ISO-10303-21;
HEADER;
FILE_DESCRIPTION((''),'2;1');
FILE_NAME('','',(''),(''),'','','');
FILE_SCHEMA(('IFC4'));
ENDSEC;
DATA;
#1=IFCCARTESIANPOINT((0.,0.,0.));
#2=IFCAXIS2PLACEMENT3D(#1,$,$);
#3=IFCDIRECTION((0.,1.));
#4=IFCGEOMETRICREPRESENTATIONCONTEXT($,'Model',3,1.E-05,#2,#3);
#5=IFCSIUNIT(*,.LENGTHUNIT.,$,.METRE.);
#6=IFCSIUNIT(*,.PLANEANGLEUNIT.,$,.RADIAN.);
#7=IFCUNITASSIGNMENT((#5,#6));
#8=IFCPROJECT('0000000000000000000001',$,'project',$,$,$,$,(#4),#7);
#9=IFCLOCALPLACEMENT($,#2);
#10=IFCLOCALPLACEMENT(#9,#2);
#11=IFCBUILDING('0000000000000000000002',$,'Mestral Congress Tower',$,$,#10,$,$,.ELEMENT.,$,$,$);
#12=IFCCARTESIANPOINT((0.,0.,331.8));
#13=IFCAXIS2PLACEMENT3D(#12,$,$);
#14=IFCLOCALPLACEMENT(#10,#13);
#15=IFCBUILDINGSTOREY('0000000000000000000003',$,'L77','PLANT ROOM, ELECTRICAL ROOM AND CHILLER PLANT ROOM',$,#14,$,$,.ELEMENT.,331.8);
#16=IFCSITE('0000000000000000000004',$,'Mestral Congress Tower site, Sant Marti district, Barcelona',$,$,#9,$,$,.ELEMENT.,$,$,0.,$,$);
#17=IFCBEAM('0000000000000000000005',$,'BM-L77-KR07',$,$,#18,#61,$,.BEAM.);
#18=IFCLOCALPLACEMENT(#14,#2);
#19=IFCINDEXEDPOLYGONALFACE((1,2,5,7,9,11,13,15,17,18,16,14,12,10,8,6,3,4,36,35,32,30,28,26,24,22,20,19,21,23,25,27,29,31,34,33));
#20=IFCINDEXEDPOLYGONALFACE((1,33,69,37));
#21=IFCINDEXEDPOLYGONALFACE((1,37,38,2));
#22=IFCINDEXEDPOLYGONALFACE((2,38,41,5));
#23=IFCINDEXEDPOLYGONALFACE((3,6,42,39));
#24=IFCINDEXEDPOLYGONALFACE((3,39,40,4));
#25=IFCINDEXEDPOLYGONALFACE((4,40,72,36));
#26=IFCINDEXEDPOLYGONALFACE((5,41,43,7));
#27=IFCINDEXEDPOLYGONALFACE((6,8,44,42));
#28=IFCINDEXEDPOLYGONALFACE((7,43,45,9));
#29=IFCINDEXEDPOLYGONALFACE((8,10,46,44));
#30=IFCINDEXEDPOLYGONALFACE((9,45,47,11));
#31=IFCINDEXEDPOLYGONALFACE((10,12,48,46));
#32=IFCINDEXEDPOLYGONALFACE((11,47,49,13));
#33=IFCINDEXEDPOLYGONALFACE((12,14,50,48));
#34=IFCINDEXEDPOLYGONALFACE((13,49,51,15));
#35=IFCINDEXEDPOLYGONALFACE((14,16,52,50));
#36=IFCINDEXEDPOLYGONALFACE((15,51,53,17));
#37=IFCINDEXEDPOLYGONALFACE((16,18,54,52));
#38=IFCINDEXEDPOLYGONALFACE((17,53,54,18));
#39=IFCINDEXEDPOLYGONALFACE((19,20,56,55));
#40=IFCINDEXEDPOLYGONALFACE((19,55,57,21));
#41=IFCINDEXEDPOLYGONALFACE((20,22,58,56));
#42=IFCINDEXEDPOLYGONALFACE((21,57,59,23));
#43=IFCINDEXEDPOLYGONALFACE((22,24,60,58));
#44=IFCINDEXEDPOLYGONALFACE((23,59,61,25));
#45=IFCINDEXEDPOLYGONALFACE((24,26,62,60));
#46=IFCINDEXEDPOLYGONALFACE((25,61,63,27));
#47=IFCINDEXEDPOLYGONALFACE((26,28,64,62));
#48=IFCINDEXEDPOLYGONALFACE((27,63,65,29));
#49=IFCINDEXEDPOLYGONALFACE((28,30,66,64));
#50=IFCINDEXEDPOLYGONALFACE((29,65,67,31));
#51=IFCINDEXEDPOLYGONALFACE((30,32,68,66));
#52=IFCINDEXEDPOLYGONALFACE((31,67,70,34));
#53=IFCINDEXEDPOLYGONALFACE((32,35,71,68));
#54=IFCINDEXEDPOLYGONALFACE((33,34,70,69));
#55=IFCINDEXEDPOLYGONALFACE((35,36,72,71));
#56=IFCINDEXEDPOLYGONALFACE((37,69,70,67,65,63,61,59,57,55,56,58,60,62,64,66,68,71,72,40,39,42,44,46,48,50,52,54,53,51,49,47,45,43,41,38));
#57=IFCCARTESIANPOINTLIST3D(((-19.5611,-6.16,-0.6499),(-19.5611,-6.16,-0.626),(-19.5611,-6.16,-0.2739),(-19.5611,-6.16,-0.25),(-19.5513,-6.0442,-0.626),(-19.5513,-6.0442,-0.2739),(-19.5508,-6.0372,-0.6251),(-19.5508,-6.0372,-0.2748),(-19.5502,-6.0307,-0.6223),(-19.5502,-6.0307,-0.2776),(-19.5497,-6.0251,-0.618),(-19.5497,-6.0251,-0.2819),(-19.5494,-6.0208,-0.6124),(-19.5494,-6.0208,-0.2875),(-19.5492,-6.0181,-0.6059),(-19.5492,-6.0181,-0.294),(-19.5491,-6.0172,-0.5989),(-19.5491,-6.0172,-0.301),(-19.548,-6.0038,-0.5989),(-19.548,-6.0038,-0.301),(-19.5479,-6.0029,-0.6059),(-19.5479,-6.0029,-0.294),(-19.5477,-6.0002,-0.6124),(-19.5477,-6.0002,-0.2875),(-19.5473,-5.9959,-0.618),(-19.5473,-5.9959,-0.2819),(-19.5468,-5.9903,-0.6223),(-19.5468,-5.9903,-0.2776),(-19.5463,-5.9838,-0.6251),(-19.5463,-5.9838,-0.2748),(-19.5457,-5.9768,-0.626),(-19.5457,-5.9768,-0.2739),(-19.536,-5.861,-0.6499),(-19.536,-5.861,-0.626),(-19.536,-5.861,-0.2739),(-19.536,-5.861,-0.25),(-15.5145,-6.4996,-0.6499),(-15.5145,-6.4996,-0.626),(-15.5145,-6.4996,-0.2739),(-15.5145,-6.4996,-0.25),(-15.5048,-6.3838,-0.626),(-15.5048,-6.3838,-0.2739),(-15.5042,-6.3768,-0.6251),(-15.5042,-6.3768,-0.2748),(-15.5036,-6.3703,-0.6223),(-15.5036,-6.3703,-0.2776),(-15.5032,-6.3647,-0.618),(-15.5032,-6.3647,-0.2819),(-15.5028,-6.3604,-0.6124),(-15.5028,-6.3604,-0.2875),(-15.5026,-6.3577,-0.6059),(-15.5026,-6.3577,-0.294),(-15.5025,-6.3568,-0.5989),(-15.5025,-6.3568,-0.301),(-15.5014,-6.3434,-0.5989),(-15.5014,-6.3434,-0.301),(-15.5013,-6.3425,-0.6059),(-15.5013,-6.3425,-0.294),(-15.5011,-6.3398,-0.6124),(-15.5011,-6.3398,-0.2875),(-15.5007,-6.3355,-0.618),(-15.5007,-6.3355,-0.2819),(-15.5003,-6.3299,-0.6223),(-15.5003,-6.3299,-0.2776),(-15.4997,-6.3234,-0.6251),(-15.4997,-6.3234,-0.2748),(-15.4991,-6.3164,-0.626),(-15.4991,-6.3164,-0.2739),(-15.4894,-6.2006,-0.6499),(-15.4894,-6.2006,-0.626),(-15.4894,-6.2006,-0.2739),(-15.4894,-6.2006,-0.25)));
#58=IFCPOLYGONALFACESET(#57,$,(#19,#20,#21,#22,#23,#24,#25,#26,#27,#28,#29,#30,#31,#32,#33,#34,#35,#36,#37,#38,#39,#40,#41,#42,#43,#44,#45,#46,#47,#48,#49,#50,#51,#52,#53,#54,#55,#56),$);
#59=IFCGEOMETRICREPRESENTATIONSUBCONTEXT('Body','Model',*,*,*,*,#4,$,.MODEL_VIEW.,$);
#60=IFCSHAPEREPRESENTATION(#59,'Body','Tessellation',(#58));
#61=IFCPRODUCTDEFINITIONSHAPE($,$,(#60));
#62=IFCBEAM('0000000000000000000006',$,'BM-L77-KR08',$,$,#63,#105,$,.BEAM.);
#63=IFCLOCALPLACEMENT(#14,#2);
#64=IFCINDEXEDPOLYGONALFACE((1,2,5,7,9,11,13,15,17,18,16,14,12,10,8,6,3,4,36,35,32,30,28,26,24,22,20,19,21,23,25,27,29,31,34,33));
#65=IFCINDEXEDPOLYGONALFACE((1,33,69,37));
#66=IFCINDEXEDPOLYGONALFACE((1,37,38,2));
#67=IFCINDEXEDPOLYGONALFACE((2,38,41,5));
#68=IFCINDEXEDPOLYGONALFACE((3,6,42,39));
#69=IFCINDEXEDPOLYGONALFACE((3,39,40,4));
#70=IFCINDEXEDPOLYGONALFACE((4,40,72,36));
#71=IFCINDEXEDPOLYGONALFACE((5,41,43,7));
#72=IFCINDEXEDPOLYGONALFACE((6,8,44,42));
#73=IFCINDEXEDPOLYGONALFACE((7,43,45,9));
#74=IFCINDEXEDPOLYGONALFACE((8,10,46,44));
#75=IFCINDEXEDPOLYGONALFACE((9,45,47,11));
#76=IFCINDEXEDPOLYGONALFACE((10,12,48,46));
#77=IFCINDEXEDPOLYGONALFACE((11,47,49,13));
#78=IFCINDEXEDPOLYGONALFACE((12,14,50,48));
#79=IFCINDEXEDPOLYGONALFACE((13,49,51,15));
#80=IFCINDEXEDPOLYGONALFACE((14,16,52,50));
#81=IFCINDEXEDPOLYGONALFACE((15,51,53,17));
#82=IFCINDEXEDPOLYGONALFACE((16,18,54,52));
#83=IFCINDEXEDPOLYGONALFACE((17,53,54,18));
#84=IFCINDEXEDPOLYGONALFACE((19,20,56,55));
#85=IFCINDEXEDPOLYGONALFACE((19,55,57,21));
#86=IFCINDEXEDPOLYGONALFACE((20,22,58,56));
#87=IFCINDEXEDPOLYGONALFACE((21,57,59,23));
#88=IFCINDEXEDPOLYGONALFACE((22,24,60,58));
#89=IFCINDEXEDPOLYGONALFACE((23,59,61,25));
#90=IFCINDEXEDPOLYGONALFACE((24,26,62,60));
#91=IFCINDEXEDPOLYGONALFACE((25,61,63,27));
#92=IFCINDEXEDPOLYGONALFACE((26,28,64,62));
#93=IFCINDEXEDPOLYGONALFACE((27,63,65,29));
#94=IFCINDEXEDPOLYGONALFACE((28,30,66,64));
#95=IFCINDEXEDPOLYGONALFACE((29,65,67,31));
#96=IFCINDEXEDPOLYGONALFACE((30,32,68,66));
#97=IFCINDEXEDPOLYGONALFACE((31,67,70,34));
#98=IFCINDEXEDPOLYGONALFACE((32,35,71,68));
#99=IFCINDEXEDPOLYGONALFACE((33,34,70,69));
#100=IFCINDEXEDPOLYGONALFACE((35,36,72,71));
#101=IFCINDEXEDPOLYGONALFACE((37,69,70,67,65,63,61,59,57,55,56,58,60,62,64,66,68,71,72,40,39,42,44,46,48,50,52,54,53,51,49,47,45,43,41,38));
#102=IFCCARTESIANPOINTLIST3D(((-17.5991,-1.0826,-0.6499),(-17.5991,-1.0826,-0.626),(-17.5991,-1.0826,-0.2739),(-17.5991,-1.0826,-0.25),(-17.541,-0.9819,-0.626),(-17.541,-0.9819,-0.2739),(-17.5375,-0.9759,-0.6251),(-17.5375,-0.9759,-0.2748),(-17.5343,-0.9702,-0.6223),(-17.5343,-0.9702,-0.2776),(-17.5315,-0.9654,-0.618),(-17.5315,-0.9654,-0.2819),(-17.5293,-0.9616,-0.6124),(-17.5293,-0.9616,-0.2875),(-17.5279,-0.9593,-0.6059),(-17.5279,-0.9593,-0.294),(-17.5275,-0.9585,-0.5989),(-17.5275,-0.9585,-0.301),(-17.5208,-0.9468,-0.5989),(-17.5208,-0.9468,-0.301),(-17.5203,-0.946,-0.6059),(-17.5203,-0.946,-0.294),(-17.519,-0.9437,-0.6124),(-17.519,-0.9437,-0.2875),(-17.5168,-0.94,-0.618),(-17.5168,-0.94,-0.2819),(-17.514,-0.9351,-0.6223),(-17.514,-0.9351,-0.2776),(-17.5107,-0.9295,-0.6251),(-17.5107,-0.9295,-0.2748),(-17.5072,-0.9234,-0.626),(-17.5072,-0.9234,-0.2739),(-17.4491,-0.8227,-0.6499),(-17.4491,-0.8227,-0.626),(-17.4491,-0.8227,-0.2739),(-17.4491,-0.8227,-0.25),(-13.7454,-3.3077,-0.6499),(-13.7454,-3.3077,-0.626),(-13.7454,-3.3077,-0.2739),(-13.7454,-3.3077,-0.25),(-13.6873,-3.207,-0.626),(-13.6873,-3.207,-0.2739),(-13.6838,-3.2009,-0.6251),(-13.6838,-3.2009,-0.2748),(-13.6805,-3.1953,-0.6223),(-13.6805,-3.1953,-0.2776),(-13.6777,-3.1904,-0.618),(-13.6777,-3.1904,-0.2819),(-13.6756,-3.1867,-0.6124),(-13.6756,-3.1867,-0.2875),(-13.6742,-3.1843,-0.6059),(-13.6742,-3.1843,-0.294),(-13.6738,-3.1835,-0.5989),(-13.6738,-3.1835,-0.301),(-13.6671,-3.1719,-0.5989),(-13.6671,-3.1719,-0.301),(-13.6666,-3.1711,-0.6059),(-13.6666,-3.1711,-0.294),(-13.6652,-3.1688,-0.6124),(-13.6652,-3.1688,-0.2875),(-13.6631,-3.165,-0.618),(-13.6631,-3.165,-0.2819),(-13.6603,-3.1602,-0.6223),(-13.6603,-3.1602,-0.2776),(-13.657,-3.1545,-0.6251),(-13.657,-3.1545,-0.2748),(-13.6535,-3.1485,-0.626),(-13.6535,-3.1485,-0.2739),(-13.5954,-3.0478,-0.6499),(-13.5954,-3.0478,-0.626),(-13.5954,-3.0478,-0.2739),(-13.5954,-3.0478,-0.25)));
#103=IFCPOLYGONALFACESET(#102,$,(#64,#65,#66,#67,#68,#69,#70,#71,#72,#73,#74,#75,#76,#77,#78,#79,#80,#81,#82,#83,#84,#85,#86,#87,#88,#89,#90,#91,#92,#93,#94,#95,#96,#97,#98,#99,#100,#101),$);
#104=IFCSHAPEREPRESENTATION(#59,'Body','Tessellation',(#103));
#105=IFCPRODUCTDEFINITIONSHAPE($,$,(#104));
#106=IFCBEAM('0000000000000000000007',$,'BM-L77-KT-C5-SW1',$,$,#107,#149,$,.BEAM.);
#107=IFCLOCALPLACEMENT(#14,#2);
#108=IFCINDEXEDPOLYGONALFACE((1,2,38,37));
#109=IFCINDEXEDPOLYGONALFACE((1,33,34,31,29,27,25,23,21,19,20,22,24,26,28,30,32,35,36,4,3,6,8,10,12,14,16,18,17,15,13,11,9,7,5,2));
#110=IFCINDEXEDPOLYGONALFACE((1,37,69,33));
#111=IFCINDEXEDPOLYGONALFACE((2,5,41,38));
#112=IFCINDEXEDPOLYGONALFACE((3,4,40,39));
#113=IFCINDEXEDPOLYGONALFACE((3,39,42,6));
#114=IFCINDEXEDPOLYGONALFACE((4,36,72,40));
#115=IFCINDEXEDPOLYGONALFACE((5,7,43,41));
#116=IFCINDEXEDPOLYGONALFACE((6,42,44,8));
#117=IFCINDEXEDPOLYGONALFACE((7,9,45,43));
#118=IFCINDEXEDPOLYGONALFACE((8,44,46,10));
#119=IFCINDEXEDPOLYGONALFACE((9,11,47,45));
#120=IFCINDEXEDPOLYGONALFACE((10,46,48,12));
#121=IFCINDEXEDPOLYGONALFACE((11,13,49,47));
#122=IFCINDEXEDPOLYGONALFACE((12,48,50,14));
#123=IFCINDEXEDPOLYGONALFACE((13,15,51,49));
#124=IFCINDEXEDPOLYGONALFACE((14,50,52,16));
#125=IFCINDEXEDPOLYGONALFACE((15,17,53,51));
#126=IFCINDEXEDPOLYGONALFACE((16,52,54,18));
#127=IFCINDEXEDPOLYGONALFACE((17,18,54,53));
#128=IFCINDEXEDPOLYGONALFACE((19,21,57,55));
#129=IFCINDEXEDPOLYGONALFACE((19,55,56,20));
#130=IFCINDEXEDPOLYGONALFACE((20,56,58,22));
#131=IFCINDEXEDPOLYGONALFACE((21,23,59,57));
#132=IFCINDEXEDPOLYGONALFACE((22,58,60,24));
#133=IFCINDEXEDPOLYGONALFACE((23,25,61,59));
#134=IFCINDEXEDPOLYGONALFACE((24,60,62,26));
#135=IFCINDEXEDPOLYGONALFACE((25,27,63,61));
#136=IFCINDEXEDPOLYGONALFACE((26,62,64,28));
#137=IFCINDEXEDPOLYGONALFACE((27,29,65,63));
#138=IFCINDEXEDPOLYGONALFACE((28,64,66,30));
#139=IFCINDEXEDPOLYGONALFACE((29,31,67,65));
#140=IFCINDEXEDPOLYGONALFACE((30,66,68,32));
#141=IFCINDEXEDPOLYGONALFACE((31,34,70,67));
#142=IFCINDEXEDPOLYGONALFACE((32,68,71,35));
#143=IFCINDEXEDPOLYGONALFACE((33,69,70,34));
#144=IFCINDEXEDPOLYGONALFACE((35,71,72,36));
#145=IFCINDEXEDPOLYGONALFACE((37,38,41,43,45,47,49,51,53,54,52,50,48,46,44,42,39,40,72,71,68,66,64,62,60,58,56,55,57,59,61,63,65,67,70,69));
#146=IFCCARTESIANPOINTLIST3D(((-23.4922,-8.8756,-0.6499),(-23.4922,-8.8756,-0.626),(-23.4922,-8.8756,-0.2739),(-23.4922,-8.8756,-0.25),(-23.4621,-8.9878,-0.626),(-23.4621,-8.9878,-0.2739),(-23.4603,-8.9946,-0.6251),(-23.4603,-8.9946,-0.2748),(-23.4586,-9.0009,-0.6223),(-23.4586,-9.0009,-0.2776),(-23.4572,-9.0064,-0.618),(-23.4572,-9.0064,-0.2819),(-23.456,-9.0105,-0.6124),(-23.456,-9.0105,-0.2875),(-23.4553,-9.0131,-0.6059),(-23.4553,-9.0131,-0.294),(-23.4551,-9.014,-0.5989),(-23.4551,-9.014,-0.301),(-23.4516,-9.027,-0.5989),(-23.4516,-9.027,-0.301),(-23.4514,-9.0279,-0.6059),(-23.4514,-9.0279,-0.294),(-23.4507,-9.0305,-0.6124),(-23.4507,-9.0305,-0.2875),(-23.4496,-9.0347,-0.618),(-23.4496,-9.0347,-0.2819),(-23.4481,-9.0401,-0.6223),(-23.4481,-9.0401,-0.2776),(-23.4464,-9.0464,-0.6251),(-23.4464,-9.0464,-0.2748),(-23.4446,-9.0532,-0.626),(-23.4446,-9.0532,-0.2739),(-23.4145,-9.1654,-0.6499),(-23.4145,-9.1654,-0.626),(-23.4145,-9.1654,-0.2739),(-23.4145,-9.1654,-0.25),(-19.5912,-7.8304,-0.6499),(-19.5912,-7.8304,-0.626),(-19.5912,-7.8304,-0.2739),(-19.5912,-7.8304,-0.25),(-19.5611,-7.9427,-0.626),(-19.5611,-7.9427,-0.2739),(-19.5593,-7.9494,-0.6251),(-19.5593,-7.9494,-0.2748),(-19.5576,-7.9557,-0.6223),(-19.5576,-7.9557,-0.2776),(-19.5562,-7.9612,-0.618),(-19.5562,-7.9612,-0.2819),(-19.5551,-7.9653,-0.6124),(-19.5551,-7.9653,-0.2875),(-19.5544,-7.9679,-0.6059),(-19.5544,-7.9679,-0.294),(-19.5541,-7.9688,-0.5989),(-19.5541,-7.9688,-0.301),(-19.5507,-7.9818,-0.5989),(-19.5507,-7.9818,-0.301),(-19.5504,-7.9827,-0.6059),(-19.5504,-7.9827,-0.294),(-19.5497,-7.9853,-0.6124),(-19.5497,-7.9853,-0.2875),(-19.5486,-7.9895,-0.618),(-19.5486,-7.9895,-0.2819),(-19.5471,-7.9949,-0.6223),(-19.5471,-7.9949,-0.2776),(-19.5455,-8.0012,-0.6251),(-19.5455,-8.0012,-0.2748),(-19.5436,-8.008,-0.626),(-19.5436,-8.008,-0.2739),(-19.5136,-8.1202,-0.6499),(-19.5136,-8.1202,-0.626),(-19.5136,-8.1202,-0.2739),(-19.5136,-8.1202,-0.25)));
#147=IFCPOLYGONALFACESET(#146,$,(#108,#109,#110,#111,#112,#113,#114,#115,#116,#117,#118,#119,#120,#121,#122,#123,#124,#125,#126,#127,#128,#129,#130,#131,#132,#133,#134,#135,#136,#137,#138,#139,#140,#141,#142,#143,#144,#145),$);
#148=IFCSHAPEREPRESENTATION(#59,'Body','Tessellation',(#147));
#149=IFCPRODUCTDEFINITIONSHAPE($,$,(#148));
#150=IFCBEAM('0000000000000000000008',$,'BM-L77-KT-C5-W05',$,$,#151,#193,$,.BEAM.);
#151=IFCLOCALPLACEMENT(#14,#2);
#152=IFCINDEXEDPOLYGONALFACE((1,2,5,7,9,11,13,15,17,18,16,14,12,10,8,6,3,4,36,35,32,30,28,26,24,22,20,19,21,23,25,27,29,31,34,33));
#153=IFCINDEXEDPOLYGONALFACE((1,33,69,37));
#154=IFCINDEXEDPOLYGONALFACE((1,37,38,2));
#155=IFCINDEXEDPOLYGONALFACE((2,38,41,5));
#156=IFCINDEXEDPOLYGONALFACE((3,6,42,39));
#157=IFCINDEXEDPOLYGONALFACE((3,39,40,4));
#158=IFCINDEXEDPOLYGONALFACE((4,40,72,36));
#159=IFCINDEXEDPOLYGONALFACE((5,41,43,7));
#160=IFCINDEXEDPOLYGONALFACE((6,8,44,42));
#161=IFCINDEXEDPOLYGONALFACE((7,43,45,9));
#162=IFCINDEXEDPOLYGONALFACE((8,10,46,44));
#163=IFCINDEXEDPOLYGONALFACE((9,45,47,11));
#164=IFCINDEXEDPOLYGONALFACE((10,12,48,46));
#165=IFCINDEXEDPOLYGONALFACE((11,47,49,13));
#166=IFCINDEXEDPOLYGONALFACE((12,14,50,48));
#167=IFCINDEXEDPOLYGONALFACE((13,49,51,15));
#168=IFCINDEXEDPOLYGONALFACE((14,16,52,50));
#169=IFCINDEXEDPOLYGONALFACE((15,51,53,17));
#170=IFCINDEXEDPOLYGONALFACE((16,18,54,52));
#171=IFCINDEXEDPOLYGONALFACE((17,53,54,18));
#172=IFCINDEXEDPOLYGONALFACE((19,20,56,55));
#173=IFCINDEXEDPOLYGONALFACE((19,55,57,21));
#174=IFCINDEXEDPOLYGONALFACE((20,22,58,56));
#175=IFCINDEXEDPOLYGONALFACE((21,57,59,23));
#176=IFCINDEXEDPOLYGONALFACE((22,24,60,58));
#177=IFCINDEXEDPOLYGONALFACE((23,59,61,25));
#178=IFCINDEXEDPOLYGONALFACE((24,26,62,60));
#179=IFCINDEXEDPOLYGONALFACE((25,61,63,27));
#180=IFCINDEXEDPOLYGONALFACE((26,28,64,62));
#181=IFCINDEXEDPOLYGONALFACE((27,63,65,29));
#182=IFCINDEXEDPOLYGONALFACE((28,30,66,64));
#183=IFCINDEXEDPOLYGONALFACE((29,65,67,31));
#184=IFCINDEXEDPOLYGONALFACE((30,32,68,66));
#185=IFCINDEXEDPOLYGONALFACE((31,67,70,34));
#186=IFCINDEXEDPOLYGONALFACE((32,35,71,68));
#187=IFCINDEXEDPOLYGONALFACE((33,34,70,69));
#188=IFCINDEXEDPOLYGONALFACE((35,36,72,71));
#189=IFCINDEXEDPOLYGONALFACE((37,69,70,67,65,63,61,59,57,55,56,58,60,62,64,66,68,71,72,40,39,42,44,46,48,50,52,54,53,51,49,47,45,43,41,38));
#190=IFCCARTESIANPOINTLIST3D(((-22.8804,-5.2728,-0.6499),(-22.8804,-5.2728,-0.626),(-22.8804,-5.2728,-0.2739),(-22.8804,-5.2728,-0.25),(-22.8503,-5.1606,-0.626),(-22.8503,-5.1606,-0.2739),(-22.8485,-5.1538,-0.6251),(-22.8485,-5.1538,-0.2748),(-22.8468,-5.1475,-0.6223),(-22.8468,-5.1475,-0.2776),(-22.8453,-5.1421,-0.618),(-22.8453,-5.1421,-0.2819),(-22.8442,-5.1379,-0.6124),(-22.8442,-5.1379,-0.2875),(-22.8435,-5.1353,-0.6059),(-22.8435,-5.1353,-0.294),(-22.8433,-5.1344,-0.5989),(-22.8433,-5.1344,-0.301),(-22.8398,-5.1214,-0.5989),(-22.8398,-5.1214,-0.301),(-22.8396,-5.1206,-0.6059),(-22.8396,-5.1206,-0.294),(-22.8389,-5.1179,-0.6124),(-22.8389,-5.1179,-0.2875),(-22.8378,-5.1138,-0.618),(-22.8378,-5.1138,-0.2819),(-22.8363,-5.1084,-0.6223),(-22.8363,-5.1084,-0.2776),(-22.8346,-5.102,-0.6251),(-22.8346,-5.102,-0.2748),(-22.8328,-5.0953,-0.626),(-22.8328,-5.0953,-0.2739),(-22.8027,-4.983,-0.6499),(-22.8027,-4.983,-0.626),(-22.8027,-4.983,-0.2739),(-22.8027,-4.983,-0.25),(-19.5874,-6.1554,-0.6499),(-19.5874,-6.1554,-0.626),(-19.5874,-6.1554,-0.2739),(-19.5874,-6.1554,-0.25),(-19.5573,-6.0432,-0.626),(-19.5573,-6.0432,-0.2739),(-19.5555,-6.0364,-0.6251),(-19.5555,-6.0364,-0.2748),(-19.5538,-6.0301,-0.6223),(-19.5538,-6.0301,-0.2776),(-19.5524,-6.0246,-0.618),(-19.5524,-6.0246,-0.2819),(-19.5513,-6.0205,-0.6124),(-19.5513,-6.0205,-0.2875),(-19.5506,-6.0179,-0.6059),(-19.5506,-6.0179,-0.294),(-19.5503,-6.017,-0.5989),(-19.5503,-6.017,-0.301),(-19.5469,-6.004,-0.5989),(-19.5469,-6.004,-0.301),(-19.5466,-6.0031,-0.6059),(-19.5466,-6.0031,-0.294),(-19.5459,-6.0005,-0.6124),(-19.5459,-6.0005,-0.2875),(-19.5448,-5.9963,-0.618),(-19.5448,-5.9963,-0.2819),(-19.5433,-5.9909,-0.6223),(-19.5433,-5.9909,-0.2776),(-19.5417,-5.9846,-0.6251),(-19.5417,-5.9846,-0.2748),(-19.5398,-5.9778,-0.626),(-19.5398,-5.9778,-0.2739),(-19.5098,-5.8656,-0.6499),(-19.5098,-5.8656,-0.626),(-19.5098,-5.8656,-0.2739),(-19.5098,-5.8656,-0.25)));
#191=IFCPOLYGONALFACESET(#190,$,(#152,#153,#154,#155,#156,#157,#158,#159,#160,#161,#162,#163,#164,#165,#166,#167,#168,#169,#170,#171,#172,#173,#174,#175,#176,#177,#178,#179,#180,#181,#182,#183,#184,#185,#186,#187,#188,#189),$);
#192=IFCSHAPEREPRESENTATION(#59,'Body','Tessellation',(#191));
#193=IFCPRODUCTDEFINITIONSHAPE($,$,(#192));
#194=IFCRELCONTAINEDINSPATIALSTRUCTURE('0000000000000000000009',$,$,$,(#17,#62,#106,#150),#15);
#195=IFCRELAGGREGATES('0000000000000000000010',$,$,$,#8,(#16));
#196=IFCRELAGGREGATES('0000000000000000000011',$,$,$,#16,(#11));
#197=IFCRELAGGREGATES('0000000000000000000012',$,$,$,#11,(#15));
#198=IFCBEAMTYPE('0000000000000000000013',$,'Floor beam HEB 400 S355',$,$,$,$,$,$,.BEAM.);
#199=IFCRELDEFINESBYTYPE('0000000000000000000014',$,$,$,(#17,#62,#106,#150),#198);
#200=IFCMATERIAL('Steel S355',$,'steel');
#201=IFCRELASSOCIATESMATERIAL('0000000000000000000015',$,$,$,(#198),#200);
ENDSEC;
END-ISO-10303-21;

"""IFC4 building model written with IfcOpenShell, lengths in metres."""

from ifc_helpers import new_model, si_unit, direction, frame, origin, origin_2d, place, context, subcontext, project, spatial, i_section, extrude, material, material_profile, profile_set, type_object, element, save


model = new_model("IFC4")

# Units and contexts
model_context = context("Model", 3, precision=1e-05, world=origin(), true_north=direction((0.0, 1.0)))
body_context = subcontext(model_context, "Body", "Model", "MODEL_VIEW")
ifc_project = project(units=[si_unit("LENGTHUNIT", "METRE"), si_unit("PLANEANGLEUNIT", "RADIAN")], contexts=[model_context])

# Site, building, storey
site_placement = place(None, origin())
site = spatial("IfcSite", under=ifc_project, at=site_placement, Name="Mestral Congress Tower site, Sant Marti district, Barcelona", CompositionType="ELEMENT", RefElevation=0.0)
building_placement = place(site_placement, origin())
building = spatial("IfcBuilding", under=site, at=building_placement, Name="Mestral Congress Tower", CompositionType="ELEMENT")
storey_placement = place(building_placement, frame((0.0, 0.0, 331.8)))
storey = spatial("IfcBuildingStorey", under=building, at=storey_placement, Name="L77", Description="PLANT ROOM, ELECTRICAL ROOM AND CHILLER PLANT ROOM", CompositionType="ELEMENT", Elevation=331.8)

# Shared definitions
ifc_material_1 = material(Name="Steel S355", Category="steel")

# Beams
ifc_material_profile_1 = material_profile(ifc_material_1, i_section(OverallWidth=0.3, OverallDepth=0.3999, WebThickness=0.0134, FlangeThickness=0.0239, FilletRadius=0.0271, at=origin_2d()), Name="HEB 400")
ifc_profile_set_1 = profile_set([ifc_material_profile_1], Name="Steel S355")
beam_type_1 = type_object("IfcBeamType", Name="Floor beam HEB 400 S355", PredefinedType="BEAM", material=ifc_profile_set_1)
beam_1_placement = place(storey_placement, frame((-15.502, -6.3501, -0.45), z_axis=(-0.996497, 0.083628, 0.0), x_axis=(-0.083628, -0.996497, 0.0)))
element("IfcBeam", 1, at=beam_1_placement, inside=storey, type_object=beam_type_1, Name="BM-L77-KR07", PredefinedType="BEAM", context=body_context, shape_type="SweptSolid", body=[
    extrude(i_section(OverallWidth=0.3, OverallDepth=0.3999, WebThickness=0.0134, FlangeThickness=0.0239, FilletRadius=0.0271, at=origin_2d()), origin(), (0.0, 0.0, 1.0), 4.0608),
])
beam_2_placement = place(storey_placement, frame((-13.6704, -3.1777, -0.45), z_axis=(-0.866013, 0.500022, 0.0), x_axis=(-0.500022, -0.866013, 0.0)))
element("IfcBeam", 2, at=beam_2_placement, inside=storey, type_object=beam_type_1, Name="BM-L77-KR08", PredefinedType="BEAM", context=body_context, shape_type="SweptSolid", body=[
    extrude(i_section(OverallWidth=0.3, OverallDepth=0.3999, WebThickness=0.0134, FlangeThickness=0.0239, FilletRadius=0.0271, at=origin_2d()), origin(), (0.0, 0.0, 1.0), 4.45),
])
beam_3_placement = place(storey_placement, frame((-23.4534, -9.0205, -0.45), z_axis=(0.96593, 0.258803, 0.0), x_axis=(-0.258803, 0.96593, 0.0)))
element("IfcBeam", 3, at=beam_3_placement, inside=storey, type_object=beam_type_1, Name="BM-L77-KT-C5-SW1", PredefinedType="BEAM", context=body_context, shape_type="SweptSolid", body=[
    extrude(i_section(OverallWidth=0.3, OverallDepth=0.3999, WebThickness=0.0134, FlangeThickness=0.0239, FilletRadius=0.0271, at=origin_2d()), origin(), (0.0, 0.0, 1.0), 4.0386),
])
beam_4_placement = place(storey_placement, frame((-22.8416, -5.1279, -0.45), z_axis=(0.96591, -0.258879, 0.0), x_axis=(0.258879, 0.96591, 0.0)))
element("IfcBeam", 4, at=beam_4_placement, inside=storey, type_object=beam_type_1, Name="BM-L77-KT-C5-W05", PredefinedType="BEAM", context=body_context, shape_type="SweptSolid", body=[
    extrude(i_section(OverallWidth=0.3, OverallDepth=0.3999, WebThickness=0.0134, FlangeThickness=0.0239, FilletRadius=0.0271, at=origin_2d()), origin(), (0.0, 0.0, 1.0), 3.4092),
])

save(model, "model.ifc")
